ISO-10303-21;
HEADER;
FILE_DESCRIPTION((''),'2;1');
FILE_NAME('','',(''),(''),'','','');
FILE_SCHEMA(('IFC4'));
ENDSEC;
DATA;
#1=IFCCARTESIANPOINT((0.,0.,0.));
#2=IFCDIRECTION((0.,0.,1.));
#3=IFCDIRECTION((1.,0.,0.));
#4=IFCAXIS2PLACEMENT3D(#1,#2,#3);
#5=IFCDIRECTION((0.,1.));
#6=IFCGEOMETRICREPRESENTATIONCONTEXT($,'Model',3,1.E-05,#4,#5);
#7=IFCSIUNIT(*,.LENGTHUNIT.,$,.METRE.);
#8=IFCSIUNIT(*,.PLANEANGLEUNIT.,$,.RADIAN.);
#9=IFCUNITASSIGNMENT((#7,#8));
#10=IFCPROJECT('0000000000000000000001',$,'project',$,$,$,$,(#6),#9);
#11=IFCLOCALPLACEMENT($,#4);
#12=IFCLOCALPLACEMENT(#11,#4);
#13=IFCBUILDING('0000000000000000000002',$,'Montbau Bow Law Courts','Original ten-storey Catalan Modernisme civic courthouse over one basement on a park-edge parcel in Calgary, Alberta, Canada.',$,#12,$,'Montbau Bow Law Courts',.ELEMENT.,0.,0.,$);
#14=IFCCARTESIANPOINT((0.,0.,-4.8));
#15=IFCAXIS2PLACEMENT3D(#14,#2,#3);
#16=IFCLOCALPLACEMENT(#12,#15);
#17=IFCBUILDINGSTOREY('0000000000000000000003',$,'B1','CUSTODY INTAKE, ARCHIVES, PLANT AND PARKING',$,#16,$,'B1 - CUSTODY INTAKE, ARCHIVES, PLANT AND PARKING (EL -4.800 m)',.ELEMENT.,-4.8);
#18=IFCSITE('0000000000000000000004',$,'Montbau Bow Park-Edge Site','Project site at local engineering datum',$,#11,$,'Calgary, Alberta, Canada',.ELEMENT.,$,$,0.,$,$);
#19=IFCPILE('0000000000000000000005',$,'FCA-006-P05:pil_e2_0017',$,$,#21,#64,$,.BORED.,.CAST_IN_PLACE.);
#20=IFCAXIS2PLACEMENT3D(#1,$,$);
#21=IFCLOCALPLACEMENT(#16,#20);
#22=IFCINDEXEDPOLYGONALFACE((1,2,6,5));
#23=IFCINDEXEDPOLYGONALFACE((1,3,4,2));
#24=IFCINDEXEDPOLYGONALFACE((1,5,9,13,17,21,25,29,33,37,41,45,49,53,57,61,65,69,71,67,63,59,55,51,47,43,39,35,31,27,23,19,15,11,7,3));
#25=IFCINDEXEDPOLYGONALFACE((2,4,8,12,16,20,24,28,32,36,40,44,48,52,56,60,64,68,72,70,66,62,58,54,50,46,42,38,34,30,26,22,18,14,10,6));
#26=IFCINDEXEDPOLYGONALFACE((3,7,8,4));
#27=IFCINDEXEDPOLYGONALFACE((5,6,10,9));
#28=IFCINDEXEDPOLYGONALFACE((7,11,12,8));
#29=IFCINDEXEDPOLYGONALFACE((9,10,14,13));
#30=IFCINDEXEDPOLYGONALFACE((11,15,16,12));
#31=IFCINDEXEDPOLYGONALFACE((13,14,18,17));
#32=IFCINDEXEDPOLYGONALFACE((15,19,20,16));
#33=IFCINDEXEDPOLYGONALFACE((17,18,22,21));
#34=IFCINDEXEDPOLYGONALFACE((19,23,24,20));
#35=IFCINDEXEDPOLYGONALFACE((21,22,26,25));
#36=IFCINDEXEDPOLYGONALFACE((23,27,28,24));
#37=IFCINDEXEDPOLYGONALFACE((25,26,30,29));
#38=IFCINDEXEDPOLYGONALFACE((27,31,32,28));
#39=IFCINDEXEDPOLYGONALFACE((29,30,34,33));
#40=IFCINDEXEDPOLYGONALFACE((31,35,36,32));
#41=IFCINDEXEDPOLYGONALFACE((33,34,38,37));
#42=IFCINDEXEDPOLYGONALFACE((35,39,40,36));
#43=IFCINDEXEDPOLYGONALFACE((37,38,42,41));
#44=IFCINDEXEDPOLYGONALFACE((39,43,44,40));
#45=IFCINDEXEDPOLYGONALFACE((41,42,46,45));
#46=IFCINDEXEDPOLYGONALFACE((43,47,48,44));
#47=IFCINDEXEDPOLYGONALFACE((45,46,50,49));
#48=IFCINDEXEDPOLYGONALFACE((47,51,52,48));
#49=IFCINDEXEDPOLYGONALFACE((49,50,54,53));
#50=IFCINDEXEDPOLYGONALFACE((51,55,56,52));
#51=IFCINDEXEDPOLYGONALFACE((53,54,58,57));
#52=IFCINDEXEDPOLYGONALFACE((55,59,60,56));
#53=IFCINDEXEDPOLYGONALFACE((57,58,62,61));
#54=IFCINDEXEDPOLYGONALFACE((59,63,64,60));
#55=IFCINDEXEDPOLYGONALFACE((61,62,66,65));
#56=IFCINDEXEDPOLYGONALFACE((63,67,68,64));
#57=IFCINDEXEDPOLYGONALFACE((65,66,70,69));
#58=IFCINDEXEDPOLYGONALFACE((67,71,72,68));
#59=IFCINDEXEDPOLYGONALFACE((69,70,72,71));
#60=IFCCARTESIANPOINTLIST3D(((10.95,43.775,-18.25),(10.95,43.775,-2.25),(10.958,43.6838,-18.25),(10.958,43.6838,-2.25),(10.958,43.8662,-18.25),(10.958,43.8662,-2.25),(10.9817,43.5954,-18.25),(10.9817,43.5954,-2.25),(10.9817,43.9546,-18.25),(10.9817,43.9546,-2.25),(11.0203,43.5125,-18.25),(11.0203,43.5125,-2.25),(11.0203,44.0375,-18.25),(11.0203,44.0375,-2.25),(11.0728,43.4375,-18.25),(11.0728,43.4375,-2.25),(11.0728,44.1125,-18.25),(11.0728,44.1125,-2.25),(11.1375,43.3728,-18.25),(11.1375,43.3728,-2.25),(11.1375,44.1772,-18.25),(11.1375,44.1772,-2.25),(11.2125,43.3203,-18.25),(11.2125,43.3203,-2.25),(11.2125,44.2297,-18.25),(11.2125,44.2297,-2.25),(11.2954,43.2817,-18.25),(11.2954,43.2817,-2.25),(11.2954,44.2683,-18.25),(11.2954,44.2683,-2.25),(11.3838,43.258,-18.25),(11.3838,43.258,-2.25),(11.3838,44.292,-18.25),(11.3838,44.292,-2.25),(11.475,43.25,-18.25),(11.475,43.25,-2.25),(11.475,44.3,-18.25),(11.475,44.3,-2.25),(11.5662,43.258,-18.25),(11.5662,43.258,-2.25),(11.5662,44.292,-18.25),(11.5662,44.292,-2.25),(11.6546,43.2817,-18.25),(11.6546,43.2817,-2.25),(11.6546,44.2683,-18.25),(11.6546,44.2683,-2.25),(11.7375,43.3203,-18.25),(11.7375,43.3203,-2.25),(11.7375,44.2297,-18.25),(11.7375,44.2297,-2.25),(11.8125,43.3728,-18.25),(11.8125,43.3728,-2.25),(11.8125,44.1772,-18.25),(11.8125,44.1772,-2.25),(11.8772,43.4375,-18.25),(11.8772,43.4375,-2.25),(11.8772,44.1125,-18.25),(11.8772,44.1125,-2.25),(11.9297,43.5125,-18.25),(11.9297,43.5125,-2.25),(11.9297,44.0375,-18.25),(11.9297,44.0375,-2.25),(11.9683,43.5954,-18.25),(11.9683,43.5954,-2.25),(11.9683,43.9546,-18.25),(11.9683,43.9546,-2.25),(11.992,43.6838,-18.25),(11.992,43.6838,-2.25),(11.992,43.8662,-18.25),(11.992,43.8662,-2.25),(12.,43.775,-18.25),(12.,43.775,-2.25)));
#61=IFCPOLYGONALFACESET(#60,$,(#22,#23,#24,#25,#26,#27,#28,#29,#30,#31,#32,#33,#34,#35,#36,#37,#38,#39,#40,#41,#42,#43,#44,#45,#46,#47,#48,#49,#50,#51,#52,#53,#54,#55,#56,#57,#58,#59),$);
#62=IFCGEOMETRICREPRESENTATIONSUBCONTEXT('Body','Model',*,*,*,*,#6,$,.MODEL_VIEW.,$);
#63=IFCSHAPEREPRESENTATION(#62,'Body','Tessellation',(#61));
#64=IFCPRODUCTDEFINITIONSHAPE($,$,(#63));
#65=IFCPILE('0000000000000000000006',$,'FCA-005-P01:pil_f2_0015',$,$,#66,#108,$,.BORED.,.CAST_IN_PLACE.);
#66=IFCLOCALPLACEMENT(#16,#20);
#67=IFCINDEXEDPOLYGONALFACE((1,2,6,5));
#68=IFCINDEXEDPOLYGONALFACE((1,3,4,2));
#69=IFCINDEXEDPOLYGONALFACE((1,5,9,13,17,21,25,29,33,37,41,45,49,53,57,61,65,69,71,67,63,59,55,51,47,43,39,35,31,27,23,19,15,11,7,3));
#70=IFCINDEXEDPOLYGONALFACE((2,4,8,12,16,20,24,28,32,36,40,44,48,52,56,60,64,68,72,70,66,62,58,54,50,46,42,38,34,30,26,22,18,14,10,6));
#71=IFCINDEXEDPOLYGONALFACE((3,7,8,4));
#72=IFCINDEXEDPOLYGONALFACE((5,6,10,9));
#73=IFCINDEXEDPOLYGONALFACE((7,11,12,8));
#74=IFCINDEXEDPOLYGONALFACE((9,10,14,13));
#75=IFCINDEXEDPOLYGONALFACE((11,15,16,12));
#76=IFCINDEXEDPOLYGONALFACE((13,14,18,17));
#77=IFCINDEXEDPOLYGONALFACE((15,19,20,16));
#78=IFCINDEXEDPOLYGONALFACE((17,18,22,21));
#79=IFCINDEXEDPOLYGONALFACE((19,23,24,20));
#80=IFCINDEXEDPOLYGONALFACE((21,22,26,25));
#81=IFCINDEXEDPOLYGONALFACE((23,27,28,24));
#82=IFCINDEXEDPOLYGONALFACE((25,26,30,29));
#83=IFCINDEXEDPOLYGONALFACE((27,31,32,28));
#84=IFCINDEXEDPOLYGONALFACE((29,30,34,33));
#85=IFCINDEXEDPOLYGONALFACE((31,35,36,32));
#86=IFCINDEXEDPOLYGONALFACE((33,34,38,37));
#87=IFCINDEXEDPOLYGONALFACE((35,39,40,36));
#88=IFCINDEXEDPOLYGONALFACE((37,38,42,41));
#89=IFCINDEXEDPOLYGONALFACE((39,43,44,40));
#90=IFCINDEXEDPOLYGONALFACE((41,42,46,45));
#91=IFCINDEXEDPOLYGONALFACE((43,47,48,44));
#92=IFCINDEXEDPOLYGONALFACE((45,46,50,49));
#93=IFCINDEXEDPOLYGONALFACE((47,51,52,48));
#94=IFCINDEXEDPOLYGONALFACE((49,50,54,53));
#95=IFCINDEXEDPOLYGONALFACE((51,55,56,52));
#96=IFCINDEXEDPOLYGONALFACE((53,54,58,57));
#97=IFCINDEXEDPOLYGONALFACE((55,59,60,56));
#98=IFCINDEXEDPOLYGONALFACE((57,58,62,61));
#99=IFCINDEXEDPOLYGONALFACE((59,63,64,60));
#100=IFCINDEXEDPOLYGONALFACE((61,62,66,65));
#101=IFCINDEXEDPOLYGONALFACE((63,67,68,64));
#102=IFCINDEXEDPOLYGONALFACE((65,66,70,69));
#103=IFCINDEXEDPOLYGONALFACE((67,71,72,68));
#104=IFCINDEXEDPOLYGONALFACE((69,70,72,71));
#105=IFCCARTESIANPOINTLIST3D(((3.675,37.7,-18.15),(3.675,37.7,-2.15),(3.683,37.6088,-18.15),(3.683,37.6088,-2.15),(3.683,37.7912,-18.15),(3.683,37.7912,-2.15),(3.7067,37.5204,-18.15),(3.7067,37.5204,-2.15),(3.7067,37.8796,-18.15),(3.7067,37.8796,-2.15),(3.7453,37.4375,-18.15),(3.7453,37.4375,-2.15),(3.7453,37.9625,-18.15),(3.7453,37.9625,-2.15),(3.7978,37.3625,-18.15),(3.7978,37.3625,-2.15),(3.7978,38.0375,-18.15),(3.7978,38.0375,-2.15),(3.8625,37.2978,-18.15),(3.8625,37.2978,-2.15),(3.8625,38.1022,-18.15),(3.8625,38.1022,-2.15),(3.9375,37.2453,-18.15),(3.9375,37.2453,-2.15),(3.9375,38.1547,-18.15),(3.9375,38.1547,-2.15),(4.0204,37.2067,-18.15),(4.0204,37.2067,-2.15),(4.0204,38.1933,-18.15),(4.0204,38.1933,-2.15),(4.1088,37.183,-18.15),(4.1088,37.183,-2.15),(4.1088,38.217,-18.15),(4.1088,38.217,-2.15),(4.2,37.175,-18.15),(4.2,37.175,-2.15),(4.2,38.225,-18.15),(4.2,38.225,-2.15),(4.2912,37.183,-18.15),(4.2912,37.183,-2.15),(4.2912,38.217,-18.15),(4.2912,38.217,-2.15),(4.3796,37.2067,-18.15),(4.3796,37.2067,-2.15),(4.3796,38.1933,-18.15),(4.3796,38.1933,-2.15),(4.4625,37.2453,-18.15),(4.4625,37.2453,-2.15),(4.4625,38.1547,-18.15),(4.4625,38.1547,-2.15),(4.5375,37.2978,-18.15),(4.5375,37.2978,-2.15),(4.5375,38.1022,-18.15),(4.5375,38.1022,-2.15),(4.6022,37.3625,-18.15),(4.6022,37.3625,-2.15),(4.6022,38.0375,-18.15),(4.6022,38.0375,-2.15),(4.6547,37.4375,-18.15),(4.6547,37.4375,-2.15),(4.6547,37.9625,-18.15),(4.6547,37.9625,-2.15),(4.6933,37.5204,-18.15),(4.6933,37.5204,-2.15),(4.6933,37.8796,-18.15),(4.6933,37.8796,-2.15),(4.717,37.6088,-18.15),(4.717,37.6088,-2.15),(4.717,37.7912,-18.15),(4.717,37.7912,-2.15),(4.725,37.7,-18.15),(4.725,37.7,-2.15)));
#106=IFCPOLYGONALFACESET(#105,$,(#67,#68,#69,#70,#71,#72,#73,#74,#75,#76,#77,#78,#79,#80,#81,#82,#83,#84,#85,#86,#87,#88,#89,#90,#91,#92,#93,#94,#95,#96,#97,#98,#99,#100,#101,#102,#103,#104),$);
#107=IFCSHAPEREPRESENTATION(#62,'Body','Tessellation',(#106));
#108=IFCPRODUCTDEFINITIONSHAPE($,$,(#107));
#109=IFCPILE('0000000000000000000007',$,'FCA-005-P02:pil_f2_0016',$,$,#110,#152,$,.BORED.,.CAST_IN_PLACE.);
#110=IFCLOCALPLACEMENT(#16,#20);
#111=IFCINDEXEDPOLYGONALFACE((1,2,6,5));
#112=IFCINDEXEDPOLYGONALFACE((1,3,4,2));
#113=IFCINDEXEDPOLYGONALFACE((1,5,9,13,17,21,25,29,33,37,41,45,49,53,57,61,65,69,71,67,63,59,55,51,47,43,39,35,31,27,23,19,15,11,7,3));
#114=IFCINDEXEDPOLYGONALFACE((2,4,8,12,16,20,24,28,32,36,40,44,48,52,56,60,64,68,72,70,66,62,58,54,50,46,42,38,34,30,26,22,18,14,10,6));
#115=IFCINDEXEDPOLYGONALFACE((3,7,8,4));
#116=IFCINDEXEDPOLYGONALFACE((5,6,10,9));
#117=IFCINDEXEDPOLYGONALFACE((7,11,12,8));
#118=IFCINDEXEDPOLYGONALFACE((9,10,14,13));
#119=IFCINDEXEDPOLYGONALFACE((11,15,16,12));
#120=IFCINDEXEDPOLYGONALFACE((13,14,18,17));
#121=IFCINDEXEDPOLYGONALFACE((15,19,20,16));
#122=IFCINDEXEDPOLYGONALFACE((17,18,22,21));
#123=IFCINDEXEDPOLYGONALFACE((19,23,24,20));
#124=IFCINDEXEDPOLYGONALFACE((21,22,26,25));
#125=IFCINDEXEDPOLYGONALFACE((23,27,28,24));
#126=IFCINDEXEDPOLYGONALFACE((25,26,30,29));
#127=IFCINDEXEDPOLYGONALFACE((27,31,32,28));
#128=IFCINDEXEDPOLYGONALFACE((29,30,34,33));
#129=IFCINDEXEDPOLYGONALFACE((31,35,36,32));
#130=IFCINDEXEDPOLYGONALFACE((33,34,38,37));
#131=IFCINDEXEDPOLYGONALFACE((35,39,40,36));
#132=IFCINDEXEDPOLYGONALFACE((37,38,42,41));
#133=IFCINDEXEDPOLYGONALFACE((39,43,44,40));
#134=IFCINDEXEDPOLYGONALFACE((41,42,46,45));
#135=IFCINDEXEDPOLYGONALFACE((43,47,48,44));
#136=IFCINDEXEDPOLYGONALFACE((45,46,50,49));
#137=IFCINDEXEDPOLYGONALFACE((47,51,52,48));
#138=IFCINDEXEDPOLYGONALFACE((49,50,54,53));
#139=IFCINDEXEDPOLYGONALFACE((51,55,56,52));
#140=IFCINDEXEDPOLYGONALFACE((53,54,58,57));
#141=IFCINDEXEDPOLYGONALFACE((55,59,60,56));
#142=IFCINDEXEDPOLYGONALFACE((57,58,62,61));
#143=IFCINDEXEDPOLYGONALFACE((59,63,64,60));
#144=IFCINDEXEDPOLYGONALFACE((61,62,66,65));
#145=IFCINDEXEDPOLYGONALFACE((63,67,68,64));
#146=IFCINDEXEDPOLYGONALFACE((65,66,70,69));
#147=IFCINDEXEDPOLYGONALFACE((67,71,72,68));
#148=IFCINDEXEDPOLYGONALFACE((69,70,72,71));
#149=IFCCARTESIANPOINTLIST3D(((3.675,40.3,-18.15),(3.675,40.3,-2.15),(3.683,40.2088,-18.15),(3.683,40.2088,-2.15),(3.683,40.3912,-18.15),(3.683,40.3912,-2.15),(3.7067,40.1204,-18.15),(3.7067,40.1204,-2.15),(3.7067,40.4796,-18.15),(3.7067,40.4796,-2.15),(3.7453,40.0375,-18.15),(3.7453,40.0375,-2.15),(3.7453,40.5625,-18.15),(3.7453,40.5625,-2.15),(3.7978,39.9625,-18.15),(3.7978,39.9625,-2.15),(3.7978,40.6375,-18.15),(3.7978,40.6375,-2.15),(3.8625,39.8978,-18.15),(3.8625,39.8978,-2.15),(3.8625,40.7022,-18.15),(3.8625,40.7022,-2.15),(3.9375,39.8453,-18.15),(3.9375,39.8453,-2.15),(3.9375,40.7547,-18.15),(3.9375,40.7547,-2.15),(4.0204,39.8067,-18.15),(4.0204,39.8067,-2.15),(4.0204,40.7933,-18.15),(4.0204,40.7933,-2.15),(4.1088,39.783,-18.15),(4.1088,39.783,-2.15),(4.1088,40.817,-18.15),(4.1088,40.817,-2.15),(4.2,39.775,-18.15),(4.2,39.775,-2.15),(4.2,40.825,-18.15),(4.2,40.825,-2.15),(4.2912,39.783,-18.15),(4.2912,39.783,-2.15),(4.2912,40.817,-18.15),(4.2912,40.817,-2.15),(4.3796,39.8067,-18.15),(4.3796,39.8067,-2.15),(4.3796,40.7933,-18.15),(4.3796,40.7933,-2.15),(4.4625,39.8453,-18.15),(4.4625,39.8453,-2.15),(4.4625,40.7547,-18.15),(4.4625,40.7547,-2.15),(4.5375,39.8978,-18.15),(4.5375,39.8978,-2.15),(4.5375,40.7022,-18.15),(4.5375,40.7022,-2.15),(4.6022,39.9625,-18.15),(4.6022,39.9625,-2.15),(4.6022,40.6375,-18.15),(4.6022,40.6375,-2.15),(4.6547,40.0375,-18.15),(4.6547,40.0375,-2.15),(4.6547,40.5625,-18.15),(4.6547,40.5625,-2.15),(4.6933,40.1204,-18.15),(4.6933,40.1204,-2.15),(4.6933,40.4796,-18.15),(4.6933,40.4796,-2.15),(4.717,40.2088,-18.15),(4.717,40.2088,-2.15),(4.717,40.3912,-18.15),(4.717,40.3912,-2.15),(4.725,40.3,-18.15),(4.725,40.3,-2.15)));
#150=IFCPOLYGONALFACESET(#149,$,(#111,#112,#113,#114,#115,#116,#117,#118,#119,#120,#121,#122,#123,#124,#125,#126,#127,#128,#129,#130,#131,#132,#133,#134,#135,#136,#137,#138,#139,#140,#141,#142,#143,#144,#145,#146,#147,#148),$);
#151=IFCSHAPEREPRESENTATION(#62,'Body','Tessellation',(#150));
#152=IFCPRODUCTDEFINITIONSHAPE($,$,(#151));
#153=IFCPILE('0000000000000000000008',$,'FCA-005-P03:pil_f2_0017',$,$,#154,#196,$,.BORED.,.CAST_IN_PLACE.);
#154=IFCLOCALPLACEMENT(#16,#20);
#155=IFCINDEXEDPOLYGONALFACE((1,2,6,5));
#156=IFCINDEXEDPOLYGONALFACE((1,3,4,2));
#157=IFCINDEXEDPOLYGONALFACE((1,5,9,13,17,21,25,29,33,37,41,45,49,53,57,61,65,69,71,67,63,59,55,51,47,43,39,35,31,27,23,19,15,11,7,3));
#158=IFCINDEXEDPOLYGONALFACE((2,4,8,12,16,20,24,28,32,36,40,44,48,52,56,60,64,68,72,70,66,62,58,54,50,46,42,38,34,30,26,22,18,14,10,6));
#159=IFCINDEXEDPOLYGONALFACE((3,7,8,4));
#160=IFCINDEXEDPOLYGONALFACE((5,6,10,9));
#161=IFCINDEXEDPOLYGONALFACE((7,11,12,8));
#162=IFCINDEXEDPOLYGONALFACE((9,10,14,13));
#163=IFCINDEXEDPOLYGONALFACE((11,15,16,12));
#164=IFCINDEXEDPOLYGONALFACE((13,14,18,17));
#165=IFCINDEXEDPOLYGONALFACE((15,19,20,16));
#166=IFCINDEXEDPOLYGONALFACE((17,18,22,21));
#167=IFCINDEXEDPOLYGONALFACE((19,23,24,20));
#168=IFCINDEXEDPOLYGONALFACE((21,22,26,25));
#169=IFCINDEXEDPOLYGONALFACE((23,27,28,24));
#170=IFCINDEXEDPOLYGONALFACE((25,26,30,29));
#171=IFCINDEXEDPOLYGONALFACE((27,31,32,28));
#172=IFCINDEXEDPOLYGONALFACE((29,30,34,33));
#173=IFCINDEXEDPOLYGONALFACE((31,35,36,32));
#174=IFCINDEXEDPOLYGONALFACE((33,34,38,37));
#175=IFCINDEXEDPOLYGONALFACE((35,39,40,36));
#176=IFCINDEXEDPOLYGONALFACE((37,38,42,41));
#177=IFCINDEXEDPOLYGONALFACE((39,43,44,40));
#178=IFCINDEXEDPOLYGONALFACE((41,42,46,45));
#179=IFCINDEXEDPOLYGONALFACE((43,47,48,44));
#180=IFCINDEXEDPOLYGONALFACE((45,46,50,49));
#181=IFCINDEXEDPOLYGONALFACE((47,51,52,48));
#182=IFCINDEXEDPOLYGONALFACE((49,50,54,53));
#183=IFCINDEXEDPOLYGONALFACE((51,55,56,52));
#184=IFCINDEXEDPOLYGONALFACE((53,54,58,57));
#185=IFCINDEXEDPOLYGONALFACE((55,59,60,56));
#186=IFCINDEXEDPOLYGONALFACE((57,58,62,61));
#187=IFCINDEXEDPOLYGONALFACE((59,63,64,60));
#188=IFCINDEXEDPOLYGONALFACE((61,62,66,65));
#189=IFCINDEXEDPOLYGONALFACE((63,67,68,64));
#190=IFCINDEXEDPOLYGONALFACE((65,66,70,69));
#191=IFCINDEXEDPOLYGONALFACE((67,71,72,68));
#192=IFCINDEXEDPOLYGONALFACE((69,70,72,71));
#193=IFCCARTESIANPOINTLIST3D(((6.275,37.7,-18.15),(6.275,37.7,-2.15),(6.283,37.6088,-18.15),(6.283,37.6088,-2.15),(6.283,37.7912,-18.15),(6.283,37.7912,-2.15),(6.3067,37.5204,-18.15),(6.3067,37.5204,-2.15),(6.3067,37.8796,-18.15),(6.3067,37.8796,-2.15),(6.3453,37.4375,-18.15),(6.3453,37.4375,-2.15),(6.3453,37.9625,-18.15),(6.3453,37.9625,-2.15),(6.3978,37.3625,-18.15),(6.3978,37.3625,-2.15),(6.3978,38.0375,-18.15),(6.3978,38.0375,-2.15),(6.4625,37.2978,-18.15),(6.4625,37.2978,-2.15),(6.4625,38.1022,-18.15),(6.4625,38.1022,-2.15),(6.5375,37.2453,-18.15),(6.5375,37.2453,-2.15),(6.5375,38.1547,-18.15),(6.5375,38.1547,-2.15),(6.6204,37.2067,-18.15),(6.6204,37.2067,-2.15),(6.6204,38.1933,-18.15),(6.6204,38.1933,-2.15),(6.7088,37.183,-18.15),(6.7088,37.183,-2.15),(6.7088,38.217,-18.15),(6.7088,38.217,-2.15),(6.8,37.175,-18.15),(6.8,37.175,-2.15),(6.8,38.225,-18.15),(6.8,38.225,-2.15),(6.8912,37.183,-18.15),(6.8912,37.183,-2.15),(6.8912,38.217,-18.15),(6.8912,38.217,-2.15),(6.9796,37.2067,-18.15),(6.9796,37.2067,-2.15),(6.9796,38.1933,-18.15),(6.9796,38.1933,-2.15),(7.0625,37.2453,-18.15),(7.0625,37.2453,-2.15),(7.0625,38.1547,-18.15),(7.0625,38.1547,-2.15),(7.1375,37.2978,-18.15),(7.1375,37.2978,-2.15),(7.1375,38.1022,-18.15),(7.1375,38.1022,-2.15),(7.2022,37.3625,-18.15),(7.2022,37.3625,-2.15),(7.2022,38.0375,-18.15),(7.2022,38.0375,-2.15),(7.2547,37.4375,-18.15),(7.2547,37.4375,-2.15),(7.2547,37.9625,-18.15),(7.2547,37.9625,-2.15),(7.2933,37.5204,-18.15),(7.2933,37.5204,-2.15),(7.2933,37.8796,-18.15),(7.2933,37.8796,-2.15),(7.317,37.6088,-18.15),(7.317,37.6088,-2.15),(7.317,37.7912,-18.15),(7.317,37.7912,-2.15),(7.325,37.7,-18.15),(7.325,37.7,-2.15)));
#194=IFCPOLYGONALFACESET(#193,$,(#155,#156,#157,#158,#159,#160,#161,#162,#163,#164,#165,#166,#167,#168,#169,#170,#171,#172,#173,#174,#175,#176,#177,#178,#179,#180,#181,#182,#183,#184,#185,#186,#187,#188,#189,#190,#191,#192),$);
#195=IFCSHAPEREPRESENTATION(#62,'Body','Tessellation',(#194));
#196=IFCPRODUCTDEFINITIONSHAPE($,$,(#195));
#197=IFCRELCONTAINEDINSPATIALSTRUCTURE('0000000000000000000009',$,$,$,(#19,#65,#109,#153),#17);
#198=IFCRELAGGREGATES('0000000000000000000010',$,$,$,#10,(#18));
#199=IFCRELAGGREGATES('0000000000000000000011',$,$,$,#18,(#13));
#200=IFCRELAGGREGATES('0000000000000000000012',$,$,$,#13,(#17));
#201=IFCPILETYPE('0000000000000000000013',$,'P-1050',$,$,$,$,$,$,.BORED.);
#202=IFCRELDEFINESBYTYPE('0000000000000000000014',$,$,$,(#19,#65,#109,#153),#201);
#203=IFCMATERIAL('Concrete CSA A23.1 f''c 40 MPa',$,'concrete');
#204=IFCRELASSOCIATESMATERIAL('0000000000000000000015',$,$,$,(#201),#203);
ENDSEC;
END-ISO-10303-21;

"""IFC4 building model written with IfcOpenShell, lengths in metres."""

from ifc_helpers import new_model, si_unit, direction, frame, origin_with_axes, origin_2d_with_axis, place, context, subcontext, project, spatial, circle, extrude, material, material_profile, profile_set, type_object, element, save


model = new_model("IFC4")

# Units and contexts
model_context = context("Model", 3, precision=1e-05, world=origin_with_axes(), true_north=direction((0.0, 1.0)))
body_context = subcontext(model_context, "Body", "Model", "MODEL_VIEW")
ifc_project = project(units=[si_unit("LENGTHUNIT", "METRE"), si_unit("PLANEANGLEUNIT", "RADIAN")], contexts=[model_context])

# Site, building, storey
site_placement = place(None, origin_with_axes())
site = spatial("IfcSite", under=ifc_project, at=site_placement, Name="Montbau Bow Park-Edge Site", Description="Project site at local engineering datum", LongName="Calgary, Alberta, Canada", CompositionType="ELEMENT", RefElevation=0.0)
building_placement = place(site_placement, origin_with_axes())
building = spatial("IfcBuilding", under=site, at=building_placement, Name="Montbau Bow Law Courts", Description="Original ten-storey Catalan Modernisme civic courthouse over one basement on a park-edge parcel in Calgary, Alberta, Canada.", LongName="Montbau Bow Law Courts", CompositionType="ELEMENT", ElevationOfRefHeight=0.0, ElevationOfTerrain=0.0)
storey_placement = place(building_placement, frame((0.0, 0.0, -4.8), z_axis=(0.0, 0.0, 1.0), x_axis=(1.0, 0.0, 0.0)))
storey = spatial("IfcBuildingStorey", under=building, at=storey_placement, Name="B1", Description="CUSTODY INTAKE, ARCHIVES, PLANT AND PARKING", LongName="B1 - CUSTODY INTAKE, ARCHIVES, PLANT AND PARKING (EL -4.800 m)", CompositionType="ELEMENT", Elevation=-4.8)

# Piles
ifc_material = material(Name="Concrete CSA A23.1 f'c 40 MPa", Category="concrete")
ifc_material_profile_1 = material_profile(ifc_material, circle(Radius=0.525, at=origin_2d_with_axis()), Name="BP1050", Category="Main", Priority=0)
ifc_profile_set_1 = profile_set([ifc_material_profile_1], Name="Concrete CSA A23.1 f'c 40 MPa")
pile_type_1 = type_object("IfcPileType", Name="P-1050", PredefinedType="BORED", material=ifc_profile_set_1)
for number, where, z_axis, x_axis, name in (
    (1, (11.475, 43.775, -23.05), (0.0, 0.0, 1.0), (1.0, 0.0, 0.0), "FCA-006-P05:pil_e2_0017"),
    (2, (4.2, 37.7, -22.95), (0.0, 0.0, 1.0), (1.0, 0.0, 0.0), "FCA-005-P01:pil_f2_0015"),
    (3, (4.2, 40.3, -22.95), (0.0, 0.0, 1.0), (1.0, 0.0, 0.0), "FCA-005-P02:pil_f2_0016"),
    (4, (6.8, 37.7, -22.95), (0.0, 0.0, 1.0), (1.0, 0.0, 0.0), "FCA-005-P03:pil_f2_0017"),
):
    element("IfcPile", number, at=place(None, frame(where, z_axis=z_axis, x_axis=x_axis)), inside=storey, type_object=pile_type_1, Name=name, ConstructionType="CAST_IN_PLACE", PredefinedType="BORED", context=body_context, shape_type="SweptSolid", body=[
        extrude(circle(Radius=0.525, at=origin_2d_with_axis()), origin_with_axes(), (0.0, 0.0, 1.0), 16.0),
    ])

save(model, "model.ifc")
